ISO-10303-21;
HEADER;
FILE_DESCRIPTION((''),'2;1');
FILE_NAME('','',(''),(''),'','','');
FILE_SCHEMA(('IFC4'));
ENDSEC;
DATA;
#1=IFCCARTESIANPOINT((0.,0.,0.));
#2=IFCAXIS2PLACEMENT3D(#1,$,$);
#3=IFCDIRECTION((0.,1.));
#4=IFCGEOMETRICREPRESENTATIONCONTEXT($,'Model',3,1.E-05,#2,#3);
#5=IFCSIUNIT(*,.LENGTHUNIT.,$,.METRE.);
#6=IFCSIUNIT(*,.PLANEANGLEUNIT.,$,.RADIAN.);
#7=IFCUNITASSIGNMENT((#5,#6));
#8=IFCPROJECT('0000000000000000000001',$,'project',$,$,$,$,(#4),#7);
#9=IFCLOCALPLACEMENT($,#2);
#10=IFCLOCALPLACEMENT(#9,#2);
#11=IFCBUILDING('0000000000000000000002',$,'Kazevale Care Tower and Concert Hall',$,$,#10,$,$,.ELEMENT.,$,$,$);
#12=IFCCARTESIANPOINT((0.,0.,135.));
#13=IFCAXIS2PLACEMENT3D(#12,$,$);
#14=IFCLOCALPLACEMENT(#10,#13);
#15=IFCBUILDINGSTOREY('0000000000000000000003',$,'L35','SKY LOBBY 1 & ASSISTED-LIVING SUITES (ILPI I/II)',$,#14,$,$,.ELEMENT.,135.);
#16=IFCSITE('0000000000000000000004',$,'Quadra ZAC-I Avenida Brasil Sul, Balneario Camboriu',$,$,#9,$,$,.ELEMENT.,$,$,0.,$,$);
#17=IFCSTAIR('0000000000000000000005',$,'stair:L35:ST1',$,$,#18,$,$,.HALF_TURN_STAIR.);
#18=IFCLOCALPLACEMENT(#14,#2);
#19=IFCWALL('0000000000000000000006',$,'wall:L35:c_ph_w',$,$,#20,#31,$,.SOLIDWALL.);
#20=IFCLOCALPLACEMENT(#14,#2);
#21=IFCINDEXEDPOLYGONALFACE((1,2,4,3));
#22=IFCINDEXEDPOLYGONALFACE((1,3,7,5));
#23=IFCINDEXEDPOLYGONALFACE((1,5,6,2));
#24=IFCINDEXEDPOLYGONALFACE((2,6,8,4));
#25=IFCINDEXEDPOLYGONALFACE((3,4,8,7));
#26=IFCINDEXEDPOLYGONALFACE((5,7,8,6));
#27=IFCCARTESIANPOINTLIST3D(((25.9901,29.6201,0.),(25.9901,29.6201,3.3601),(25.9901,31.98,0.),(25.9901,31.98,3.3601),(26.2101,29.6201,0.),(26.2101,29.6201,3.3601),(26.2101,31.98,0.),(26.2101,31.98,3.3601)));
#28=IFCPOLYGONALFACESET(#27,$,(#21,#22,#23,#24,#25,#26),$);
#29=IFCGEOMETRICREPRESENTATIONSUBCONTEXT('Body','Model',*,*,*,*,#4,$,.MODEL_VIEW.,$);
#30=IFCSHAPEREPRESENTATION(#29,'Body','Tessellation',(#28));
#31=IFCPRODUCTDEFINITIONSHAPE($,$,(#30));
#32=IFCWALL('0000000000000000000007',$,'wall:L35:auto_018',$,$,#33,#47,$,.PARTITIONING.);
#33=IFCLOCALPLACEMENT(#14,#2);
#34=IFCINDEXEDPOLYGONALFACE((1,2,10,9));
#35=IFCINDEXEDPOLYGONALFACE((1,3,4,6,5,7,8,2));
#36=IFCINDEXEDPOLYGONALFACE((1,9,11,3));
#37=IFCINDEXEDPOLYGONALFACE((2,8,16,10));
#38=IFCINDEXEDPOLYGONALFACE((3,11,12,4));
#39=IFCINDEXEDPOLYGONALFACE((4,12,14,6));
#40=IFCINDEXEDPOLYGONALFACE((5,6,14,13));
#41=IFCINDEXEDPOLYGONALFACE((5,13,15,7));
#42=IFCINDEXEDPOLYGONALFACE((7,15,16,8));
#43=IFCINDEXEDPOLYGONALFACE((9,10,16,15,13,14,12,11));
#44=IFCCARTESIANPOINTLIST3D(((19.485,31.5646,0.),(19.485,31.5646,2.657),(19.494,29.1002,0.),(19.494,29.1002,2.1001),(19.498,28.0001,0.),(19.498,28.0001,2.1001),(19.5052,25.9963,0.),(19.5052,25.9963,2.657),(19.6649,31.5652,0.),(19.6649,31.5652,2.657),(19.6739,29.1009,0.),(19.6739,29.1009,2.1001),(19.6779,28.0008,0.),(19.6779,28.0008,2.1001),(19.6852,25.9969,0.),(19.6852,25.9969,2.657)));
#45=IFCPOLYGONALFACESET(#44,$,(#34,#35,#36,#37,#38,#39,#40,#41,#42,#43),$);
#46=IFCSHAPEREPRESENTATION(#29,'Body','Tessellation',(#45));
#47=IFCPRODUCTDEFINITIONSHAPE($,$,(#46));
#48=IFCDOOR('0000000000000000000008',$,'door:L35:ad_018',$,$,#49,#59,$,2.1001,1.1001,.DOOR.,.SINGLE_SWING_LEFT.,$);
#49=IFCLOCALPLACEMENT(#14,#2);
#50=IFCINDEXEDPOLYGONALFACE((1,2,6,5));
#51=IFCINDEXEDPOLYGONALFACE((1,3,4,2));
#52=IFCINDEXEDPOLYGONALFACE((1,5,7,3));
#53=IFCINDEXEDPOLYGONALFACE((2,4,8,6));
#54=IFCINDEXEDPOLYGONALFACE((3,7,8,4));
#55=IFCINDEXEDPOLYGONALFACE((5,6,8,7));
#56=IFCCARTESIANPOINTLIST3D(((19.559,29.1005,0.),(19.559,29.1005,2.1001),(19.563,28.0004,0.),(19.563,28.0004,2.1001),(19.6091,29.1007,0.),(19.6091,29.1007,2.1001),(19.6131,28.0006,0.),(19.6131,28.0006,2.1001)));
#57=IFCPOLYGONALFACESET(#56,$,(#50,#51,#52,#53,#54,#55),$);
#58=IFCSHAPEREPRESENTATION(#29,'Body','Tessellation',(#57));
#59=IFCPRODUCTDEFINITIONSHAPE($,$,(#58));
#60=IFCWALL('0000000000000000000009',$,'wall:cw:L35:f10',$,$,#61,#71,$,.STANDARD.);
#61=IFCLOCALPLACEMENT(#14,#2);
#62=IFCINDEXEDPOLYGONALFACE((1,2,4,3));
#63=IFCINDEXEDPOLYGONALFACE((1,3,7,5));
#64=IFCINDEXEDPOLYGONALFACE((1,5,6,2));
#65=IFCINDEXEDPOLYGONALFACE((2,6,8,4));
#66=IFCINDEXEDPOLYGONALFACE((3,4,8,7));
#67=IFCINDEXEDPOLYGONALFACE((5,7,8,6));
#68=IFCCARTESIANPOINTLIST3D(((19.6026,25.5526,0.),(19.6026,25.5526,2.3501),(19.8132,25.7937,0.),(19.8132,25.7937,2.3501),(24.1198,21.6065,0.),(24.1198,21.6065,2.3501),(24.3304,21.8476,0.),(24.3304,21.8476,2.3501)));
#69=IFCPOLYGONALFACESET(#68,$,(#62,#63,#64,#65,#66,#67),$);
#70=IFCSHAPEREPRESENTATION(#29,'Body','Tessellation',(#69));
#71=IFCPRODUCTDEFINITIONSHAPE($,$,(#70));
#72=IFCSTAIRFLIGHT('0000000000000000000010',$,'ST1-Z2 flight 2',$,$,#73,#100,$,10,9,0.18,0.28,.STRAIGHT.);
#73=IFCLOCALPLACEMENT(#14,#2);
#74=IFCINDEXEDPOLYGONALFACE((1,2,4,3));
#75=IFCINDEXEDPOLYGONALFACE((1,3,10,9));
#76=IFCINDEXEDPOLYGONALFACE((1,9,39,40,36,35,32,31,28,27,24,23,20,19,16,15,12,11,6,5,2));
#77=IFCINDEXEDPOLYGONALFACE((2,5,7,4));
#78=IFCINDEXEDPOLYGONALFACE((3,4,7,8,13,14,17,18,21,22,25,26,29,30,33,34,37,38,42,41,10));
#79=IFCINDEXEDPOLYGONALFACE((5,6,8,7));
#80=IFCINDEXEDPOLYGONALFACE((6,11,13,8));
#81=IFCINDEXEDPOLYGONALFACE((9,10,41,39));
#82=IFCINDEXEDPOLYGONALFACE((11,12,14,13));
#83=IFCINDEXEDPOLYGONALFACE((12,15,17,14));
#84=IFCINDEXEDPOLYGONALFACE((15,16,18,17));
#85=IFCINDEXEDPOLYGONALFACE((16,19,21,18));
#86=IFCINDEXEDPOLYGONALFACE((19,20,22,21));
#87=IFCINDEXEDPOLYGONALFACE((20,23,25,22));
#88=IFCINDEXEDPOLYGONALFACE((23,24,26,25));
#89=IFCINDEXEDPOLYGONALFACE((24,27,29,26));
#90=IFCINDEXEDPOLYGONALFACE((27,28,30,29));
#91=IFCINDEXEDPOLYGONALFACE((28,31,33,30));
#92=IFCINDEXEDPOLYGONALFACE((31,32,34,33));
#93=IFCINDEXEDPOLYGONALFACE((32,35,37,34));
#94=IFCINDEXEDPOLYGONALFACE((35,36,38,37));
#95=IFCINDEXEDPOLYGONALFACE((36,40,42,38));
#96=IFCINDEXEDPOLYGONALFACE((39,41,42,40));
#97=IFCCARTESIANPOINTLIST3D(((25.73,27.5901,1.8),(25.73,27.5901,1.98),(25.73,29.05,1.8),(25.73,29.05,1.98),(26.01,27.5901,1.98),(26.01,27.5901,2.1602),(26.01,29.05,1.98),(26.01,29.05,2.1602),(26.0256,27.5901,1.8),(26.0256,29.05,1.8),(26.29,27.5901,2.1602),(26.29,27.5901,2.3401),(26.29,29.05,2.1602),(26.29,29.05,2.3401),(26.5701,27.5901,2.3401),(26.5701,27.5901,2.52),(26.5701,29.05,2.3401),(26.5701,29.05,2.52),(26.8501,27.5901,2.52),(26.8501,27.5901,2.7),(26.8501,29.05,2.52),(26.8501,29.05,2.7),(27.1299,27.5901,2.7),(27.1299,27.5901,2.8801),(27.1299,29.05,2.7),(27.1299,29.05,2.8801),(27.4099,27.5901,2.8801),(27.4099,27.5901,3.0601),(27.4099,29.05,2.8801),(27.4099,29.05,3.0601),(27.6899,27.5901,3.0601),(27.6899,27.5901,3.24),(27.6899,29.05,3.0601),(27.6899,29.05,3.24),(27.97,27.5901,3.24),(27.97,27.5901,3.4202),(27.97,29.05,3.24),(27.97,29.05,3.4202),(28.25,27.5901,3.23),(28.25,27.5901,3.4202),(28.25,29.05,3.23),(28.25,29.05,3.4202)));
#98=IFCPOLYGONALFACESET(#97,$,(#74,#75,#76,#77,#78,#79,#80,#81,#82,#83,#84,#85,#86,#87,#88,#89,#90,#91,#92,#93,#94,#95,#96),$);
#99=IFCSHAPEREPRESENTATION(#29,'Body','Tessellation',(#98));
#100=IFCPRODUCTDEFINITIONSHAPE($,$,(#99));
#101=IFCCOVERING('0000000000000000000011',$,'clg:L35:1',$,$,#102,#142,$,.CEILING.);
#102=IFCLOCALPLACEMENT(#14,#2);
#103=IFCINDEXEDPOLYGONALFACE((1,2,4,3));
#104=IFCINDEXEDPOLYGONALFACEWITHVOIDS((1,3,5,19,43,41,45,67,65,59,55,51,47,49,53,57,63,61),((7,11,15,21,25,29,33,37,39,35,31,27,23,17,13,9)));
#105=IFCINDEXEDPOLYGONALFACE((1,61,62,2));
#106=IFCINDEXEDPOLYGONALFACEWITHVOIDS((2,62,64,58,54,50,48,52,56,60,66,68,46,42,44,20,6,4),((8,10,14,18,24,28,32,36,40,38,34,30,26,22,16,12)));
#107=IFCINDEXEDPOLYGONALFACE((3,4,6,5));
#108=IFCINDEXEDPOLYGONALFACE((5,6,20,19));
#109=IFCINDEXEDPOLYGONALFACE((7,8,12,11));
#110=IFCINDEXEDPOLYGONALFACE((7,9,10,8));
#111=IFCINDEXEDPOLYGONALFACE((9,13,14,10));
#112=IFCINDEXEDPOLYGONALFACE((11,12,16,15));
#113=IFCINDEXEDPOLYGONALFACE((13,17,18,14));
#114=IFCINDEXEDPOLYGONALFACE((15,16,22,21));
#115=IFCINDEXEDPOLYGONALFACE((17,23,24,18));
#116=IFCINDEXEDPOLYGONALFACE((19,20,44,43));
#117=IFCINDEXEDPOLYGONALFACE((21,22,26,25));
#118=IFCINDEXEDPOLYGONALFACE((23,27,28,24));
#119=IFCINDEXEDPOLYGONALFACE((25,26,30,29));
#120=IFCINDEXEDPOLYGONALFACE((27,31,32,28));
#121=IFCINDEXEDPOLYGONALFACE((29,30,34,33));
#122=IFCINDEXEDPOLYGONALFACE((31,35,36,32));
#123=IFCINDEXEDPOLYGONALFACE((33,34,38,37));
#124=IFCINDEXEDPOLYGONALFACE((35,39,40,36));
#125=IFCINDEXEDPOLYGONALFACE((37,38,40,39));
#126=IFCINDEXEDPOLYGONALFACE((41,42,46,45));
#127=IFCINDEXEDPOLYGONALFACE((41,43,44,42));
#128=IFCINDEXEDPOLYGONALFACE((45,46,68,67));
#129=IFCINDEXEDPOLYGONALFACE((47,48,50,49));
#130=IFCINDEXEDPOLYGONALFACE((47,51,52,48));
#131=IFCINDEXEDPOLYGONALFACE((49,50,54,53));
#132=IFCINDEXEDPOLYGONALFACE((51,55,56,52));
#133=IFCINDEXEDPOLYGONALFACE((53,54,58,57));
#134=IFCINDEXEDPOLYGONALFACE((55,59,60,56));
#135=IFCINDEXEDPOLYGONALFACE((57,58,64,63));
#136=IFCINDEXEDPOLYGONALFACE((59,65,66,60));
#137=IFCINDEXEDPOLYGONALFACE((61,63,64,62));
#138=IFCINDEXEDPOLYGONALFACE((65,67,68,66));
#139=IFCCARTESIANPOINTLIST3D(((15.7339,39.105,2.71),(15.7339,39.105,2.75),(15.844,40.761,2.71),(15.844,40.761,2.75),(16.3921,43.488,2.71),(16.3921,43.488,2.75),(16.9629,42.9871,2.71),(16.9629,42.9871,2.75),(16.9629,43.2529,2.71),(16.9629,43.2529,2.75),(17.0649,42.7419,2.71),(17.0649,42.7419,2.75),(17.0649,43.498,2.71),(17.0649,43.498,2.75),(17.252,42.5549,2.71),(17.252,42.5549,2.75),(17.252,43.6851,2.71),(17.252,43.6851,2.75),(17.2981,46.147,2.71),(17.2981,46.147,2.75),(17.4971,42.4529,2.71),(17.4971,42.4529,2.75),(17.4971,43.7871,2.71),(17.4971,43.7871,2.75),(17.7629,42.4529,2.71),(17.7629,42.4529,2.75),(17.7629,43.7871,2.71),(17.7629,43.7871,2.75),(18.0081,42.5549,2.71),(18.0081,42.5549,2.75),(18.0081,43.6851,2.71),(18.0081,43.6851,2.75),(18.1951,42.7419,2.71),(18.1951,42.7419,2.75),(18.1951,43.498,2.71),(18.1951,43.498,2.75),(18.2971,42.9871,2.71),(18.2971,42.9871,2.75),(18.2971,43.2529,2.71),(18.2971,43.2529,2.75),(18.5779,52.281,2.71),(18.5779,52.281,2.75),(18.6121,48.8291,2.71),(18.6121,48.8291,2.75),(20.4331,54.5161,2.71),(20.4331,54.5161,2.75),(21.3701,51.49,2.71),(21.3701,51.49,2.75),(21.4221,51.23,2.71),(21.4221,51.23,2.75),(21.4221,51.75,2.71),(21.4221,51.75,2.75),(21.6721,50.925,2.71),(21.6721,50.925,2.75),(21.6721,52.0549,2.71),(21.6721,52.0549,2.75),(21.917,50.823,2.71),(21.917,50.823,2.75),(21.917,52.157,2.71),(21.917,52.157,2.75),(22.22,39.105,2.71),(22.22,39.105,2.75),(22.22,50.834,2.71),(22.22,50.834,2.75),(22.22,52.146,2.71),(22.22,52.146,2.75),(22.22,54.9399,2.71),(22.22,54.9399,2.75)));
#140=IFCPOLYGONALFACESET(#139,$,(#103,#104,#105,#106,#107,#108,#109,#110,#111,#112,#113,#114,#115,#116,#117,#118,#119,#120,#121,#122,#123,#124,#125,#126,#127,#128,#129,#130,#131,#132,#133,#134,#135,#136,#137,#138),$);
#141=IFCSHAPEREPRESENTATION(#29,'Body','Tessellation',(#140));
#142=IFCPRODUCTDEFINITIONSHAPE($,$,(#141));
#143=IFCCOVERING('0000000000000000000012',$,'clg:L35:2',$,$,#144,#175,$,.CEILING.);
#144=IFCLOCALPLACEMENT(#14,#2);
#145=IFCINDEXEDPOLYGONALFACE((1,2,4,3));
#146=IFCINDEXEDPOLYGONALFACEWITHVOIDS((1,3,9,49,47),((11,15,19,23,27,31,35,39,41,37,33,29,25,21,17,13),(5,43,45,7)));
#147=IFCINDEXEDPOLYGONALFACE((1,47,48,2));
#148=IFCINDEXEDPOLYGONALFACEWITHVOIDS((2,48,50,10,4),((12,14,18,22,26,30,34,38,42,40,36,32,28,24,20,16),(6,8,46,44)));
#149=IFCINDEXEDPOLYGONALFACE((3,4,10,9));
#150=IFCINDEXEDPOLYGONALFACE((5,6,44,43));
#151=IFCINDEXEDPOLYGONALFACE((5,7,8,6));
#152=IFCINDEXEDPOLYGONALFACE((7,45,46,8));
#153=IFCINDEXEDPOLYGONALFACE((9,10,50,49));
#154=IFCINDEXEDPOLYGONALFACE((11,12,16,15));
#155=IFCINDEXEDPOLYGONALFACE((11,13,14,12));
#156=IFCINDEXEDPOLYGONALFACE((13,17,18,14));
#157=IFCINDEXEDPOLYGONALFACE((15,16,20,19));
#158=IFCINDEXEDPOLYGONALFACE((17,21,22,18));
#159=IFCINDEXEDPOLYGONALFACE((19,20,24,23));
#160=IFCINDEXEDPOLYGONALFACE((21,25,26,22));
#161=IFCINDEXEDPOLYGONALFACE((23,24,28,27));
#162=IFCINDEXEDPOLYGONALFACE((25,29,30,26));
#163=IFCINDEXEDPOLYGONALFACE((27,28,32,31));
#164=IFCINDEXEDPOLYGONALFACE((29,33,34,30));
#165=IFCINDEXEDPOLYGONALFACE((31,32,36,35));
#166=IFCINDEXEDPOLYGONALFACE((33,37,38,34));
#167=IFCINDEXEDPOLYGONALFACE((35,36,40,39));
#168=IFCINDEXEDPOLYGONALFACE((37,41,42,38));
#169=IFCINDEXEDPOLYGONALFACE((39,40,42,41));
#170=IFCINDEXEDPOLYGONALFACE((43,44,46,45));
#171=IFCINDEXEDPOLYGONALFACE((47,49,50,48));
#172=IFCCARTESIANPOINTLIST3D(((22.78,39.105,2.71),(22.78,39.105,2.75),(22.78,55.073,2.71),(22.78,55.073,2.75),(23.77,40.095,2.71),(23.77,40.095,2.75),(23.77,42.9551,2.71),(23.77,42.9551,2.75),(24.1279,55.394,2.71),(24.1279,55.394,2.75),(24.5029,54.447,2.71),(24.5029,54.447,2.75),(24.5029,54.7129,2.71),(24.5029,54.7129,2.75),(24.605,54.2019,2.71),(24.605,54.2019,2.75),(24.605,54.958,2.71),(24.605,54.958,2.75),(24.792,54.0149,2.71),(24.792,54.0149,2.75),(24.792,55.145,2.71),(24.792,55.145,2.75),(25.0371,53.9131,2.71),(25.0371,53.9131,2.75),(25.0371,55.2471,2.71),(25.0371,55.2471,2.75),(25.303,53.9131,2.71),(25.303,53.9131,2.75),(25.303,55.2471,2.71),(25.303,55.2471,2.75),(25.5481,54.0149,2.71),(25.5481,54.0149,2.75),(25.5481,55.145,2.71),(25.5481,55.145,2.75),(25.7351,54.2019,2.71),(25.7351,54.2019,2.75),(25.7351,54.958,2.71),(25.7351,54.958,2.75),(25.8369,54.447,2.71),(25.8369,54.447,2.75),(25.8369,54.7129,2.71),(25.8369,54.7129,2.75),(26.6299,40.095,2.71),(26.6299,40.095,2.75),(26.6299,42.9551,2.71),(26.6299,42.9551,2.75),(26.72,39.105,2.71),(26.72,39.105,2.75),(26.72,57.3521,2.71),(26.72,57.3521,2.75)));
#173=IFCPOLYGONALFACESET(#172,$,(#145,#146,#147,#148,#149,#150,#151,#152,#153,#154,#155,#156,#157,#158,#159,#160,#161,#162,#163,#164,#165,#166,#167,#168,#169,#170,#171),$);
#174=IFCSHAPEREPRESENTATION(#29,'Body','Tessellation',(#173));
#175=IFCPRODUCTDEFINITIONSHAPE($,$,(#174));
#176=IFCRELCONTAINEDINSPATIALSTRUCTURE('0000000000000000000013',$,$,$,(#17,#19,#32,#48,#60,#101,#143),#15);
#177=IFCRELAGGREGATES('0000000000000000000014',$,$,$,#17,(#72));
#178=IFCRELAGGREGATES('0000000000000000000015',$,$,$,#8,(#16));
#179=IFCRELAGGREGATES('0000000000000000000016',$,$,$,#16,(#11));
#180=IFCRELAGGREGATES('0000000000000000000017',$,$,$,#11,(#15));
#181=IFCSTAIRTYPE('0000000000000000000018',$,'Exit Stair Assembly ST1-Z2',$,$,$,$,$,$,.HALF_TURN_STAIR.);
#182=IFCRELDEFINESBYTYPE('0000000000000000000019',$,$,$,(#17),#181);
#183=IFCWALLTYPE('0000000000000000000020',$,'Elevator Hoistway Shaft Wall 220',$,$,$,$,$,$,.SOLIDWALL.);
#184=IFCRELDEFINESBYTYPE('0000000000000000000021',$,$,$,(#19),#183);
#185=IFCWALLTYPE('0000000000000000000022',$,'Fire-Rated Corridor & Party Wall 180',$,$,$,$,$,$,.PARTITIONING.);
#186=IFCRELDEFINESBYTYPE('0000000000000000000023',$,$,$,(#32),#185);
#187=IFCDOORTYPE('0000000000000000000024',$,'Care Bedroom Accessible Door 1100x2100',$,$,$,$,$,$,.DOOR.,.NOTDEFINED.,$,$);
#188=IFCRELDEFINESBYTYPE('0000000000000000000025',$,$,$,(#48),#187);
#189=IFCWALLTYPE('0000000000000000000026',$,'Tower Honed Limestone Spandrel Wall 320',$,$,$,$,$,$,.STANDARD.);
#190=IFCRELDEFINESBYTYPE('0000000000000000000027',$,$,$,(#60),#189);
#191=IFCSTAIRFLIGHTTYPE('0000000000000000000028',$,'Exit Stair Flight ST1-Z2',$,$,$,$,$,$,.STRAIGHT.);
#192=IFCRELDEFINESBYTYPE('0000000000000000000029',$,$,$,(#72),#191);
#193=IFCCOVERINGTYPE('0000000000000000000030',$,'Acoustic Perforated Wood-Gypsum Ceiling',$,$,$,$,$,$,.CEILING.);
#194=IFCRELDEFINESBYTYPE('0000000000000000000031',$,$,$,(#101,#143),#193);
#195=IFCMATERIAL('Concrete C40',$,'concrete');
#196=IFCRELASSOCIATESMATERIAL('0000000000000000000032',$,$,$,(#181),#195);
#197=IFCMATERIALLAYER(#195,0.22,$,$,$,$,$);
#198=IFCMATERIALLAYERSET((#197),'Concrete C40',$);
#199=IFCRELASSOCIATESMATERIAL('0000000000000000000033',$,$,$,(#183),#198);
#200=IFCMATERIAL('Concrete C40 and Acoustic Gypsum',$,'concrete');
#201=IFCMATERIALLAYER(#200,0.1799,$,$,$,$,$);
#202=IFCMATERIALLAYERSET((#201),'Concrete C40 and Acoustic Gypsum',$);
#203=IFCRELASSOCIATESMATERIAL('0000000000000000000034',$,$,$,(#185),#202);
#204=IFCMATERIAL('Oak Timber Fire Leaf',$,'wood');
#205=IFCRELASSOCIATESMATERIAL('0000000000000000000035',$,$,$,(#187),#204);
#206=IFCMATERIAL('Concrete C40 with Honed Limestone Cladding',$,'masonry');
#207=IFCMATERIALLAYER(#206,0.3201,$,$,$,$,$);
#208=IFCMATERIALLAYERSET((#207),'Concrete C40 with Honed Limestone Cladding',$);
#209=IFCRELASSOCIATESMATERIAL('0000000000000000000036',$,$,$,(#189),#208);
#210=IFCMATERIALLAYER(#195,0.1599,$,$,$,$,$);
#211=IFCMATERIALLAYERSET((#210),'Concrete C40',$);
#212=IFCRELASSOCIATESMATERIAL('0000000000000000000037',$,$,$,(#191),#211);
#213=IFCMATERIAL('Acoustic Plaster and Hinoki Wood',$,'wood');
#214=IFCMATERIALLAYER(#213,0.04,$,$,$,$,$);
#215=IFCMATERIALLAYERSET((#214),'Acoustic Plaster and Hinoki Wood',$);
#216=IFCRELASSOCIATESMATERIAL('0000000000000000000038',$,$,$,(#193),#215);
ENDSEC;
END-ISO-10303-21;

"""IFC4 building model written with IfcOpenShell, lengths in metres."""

from ifc_helpers import new_model, si_unit, direction, frame, frame_2d, origin, place, context, subcontext, project, spatial, polyline, rectangle, outline, extrude, material, layer, layer_set, type_object, element, fill, aggregate, save


model = new_model("IFC4")

# Units and contexts
model_context = context("Model", 3, precision=1e-05, world=origin(), true_north=direction((0.0, 1.0)))
body_context = subcontext(model_context, "Body", "Model", "MODEL_VIEW")
ifc_project = project(units=[si_unit("LENGTHUNIT", "METRE"), si_unit("PLANEANGLEUNIT", "RADIAN")], contexts=[model_context])

# Site, building, storey
site_placement = place(None, origin())
site = spatial("IfcSite", under=ifc_project, at=site_placement, Name="Quadra ZAC-I Avenida Brasil Sul, Balneario Camboriu", CompositionType="ELEMENT", RefElevation=0.0)
building_placement = place(site_placement, origin())
building = spatial("IfcBuilding", under=site, at=building_placement, Name="Kazevale Care Tower and Concert Hall", CompositionType="ELEMENT")
storey_placement = place(building_placement, frame((0.0, 0.0, 135.0)))
storey = spatial("IfcBuildingStorey", under=building, at=storey_placement, Name="L35", Description="SKY LOBBY 1 & ASSISTED-LIVING SUITES (ILPI I/II)", CompositionType="ELEMENT", Elevation=135.0)

# Shared definitions
ifc_material_1 = material(Name="Concrete C40", Category="concrete")

# Stair
stair_type = type_object("IfcStairType", Name="Exit Stair Assembly ST1-Z2", PredefinedType="HALF_TURN_STAIR", material=ifc_material_1)
stair_1_placement = place(storey_placement, origin())
stair_1 = element("IfcStair", 1, at=stair_1_placement, inside=storey, type_object=stair_type, Name="stair:L35:ST1", PredefinedType="HALF_TURN_STAIR")

# Wall
ifc_layer_1 = layer(ifc_material_1, 0.22)
ifc_layer_set_1 = layer_set([ifc_layer_1], Name="Concrete C40")
wall_type_1 = type_object("IfcWallType", Name="Elevator Hoistway Shaft Wall 220", PredefinedType="SOLIDWALL", material=ifc_layer_set_1)
wall_1_placement = place(storey_placement, frame((26.1001, 29.6201, 0.0), z_axis=(0.0, 0.0, 1.0), x_axis=(0.0, 1.0, 0.0)))
element("IfcWall", 2, at=wall_1_placement, inside=storey, type_object=wall_type_1, Name="wall:L35:c_ph_w", PredefinedType="SOLIDWALL", context=body_context, shape_type="SweptSolid", body=[
    extrude(rectangle(XDim=2.3599, YDim=0.22, at=frame_2d((1.1799, 0.0))), origin(), (0.0, 0.0, 1.0), 3.3601),
])

# Wall, opening, door
ifc_material_2 = material(Name="Concrete C40 and Acoustic Gypsum", Category="concrete")
ifc_layer_2 = layer(ifc_material_2, 0.1799)
ifc_layer_set_2 = layer_set([ifc_layer_2], Name="Concrete C40 and Acoustic Gypsum")
wall_type_2 = type_object("IfcWallType", Name="Fire-Rated Corridor & Party Wall 180", PredefinedType="PARTITIONING", material=ifc_layer_set_2)
wall_2_placement = place(storey_placement, frame((19.5952, 25.9966, 0.0), z_axis=(0.0, 0.0, 1.0), x_axis=(-0.003639, 0.999993, 0.0)))
wall_2 = element("IfcWall", 3, at=wall_2_placement, inside=storey, type_object=wall_type_2, Name="wall:L35:auto_018", PredefinedType="PARTITIONING", context=body_context, shape_type="SweptSolid", body=[
    extrude(rectangle(XDim=5.5684, YDim=0.1799, at=frame_2d((2.7842, 0.0))), origin(), (0.0, 0.0, 1.0), 2.657),
])
opening_1_placement = place(wall_2_placement, frame((2.0039, 0.0, 0.0)))
opening_1 = element("IfcOpeningElement", 4, at=opening_1_placement, cuts=wall_2, PredefinedType="OPENING", context=body_context, shape_type="SweptSolid", body=[
    extrude(rectangle(XDim=1.1001, YDim=2.1001, at=frame_2d((0.55, 1.05))), frame((0.0, 0.0999, 0.0), z_axis=(0.0, -1.0, 0.0), x_axis=(1.0, 0.0, 0.0)), (0.0, 0.0, 1.0), 0.2),
])
ifc_material_3 = material(Name="Oak Timber Fire Leaf", Category="wood")
door_type_1 = type_object("IfcDoorType", Name="Care Bedroom Accessible Door 1100x2100", OperationType="NOTDEFINED", PredefinedType="DOOR", material=ifc_material_3)
door_1_placement = place(opening_1_placement, origin())
door_1 = element("IfcDoor", 5, at=door_1_placement, inside=storey, type_object=door_type_1, Name="door:L35:ad_018", OperationType="SINGLE_SWING_LEFT", OverallHeight=2.1001, OverallWidth=1.1001, PredefinedType="DOOR", context=body_context, shape_type="SweptSolid", body=[
    extrude(rectangle(XDim=1.1001, YDim=2.1001, at=frame_2d((0.55, 1.05))), frame((0.0, 0.0249, 0.0), z_axis=(0.0, -1.0, 0.0), x_axis=(1.0, 0.0, 0.0)), (0.0, 0.0, 1.0), 0.05),
])
fill(opening_1, door_1)

# Wall
ifc_material_4 = material(Name="Concrete C40 with Honed Limestone Cladding", Category="masonry")
ifc_layer_3 = layer(ifc_material_4, 0.3201)
ifc_layer_set_3 = layer_set([ifc_layer_3], Name="Concrete C40 with Honed Limestone Cladding")
wall_type_3 = type_object("IfcWallType", Name="Tower Honed Limestone Spandrel Wall 320", PredefinedType="STANDARD", material=ifc_layer_set_3)
wall_3_placement = place(storey_placement, frame((24.2251, 21.7271, 0.0), z_axis=(0.0, 0.0, 1.0), x_axis=(-0.753106, 0.657899, 0.0)))
element("IfcWall", 6, at=wall_3_placement, inside=storey, type_object=wall_type_3, Name="wall:cw:L35:f10", PredefinedType="STANDARD", context=body_context, shape_type="SweptSolid", body=[
    extrude(rectangle(XDim=5.998, YDim=0.3201, at=frame_2d((2.999, 0.0))), origin(), (0.0, 0.0, 1.0), 2.3501),
])

# Stair flight
ifc_layer_4 = layer(ifc_material_1, 0.1599)
ifc_layer_set_4 = layer_set([ifc_layer_4], Name="Concrete C40")
stair_flight_type = type_object("IfcStairFlightType", Name="Exit Stair Flight ST1-Z2", PredefinedType="STRAIGHT", material=ifc_layer_set_4)
stair_flight_placement = place(storey_placement, frame((25.73, 28.3201, 1.8), z_axis=(0.0, 0.0, 1.0), x_axis=(1.0, 0.0, 0.0)))
stair_flight = element("IfcStairFlight", 7, at=stair_flight_placement, type_object=stair_flight_type, Name="ST1-Z2 flight 2", NumberOfRisers=10, NumberOfTreads=9, PredefinedType="STRAIGHT", RiserHeight=0.18, TreadLength=0.28, context=body_context, shape_type="SweptSolid", body=[
    extrude(outline(polyline([(0.0, 0.0), (0.0, 0.1799), (0.28, 0.1799), (0.28, 0.3601), (0.5601, 0.3601), (0.5601, 0.54), (0.8401, 0.54), (0.8401, 0.72), (1.1201, 0.72), (1.1201, 0.8999), (1.3999, 0.8999), (1.3999, 1.0801), (1.6799, 1.0801), (1.6799, 1.26), (1.96, 1.26), (1.96, 1.4399), (2.24, 1.4399), (2.24, 1.6201), (2.52, 1.6201), (2.52, 1.8), (2.52, 1.4299), (0.2957, 0.0), (0.0, 0.0)])), frame((0.0, 0.73, 0.0), z_axis=(0.0, -1.0, 0.0), x_axis=(1.0, 0.0, 0.0)), (0.0, 0.0, 1.0), 1.46),
])
aggregate(stair_1, [stair_flight])

# Coverings
ifc_material_5 = material(Name="Acoustic Plaster and Hinoki Wood", Category="wood")
ifc_layer_5 = layer(ifc_material_5, 0.04)
ifc_layer_set_5 = layer_set([ifc_layer_5], Name="Acoustic Plaster and Hinoki Wood")
covering_type = type_object("IfcCoveringType", Name="Acoustic Perforated Wood-Gypsum Ceiling", PredefinedType="CEILING", material=ifc_layer_set_5)
covering_1_placement = place(storey_placement, frame((0.0, 0.0, 2.71)))
element("IfcCovering", 8, at=covering_1_placement, inside=storey, type_object=covering_type, Name="clg:L35:1", PredefinedType="CEILING", context=body_context, shape_type="SweptSolid", body=[
    extrude(outline(polyline([(16.3921, 43.488), (17.2981, 46.147), (18.6121, 48.8291), (18.5779, 52.281), (20.4331, 54.5161), (22.22, 54.9399), (22.22, 52.146), (21.917, 52.157), (21.6721, 52.0549), (21.4221, 51.75), (21.3701, 51.49), (21.4221, 51.23), (21.6721, 50.925), (21.917, 50.823), (22.22, 50.834), (22.22, 39.105), (15.7339, 39.105), (15.844, 40.761), (16.3921, 43.488)]), holes=[polyline([(18.2971, 43.2529), (18.1951, 43.498), (18.0081, 43.6851), (17.7629, 43.7871), (17.4971, 43.7871), (17.252, 43.6851), (17.0649, 43.498), (16.9629, 43.2529), (16.9629, 42.9871), (17.0649, 42.7419), (17.252, 42.5549), (17.4971, 42.4529), (17.7629, 42.4529), (18.0081, 42.5549), (18.1951, 42.7419), (18.2971, 42.9871), (18.2971, 43.2529)])]), origin(), (0.0, 0.0, 1.0), 0.04),
])
covering_2_placement = place(storey_placement, frame((0.0, 0.0, 2.71)))
element("IfcCovering", 9, at=covering_2_placement, inside=storey, type_object=covering_type, Name="clg:L35:2", PredefinedType="CEILING", context=body_context, shape_type="SweptSolid", body=[
    extrude(outline(polyline([(26.72, 39.105), (22.78, 39.105), (22.78, 55.073), (24.1279, 55.394), (26.72, 57.3521), (26.72, 39.105)]), holes=[polyline([(23.77, 42.9551), (23.77, 40.095), (26.6299, 40.095), (26.6299, 42.9551), (23.77, 42.9551)]), polyline([(25.8369, 54.7129), (25.7351, 54.958), (25.5481, 55.145), (25.303, 55.2471), (25.0371, 55.2471), (24.792, 55.145), (24.605, 54.958), (24.5029, 54.7129), (24.5029, 54.447), (24.605, 54.2019), (24.792, 54.0149), (25.0371, 53.9131), (25.303, 53.9131), (25.5481, 54.0149), (25.7351, 54.2019), (25.8369, 54.447), (25.8369, 54.7129)])]), origin(), (0.0, 0.0, 1.0), 0.04),
])

save(model, "model.ifc")
